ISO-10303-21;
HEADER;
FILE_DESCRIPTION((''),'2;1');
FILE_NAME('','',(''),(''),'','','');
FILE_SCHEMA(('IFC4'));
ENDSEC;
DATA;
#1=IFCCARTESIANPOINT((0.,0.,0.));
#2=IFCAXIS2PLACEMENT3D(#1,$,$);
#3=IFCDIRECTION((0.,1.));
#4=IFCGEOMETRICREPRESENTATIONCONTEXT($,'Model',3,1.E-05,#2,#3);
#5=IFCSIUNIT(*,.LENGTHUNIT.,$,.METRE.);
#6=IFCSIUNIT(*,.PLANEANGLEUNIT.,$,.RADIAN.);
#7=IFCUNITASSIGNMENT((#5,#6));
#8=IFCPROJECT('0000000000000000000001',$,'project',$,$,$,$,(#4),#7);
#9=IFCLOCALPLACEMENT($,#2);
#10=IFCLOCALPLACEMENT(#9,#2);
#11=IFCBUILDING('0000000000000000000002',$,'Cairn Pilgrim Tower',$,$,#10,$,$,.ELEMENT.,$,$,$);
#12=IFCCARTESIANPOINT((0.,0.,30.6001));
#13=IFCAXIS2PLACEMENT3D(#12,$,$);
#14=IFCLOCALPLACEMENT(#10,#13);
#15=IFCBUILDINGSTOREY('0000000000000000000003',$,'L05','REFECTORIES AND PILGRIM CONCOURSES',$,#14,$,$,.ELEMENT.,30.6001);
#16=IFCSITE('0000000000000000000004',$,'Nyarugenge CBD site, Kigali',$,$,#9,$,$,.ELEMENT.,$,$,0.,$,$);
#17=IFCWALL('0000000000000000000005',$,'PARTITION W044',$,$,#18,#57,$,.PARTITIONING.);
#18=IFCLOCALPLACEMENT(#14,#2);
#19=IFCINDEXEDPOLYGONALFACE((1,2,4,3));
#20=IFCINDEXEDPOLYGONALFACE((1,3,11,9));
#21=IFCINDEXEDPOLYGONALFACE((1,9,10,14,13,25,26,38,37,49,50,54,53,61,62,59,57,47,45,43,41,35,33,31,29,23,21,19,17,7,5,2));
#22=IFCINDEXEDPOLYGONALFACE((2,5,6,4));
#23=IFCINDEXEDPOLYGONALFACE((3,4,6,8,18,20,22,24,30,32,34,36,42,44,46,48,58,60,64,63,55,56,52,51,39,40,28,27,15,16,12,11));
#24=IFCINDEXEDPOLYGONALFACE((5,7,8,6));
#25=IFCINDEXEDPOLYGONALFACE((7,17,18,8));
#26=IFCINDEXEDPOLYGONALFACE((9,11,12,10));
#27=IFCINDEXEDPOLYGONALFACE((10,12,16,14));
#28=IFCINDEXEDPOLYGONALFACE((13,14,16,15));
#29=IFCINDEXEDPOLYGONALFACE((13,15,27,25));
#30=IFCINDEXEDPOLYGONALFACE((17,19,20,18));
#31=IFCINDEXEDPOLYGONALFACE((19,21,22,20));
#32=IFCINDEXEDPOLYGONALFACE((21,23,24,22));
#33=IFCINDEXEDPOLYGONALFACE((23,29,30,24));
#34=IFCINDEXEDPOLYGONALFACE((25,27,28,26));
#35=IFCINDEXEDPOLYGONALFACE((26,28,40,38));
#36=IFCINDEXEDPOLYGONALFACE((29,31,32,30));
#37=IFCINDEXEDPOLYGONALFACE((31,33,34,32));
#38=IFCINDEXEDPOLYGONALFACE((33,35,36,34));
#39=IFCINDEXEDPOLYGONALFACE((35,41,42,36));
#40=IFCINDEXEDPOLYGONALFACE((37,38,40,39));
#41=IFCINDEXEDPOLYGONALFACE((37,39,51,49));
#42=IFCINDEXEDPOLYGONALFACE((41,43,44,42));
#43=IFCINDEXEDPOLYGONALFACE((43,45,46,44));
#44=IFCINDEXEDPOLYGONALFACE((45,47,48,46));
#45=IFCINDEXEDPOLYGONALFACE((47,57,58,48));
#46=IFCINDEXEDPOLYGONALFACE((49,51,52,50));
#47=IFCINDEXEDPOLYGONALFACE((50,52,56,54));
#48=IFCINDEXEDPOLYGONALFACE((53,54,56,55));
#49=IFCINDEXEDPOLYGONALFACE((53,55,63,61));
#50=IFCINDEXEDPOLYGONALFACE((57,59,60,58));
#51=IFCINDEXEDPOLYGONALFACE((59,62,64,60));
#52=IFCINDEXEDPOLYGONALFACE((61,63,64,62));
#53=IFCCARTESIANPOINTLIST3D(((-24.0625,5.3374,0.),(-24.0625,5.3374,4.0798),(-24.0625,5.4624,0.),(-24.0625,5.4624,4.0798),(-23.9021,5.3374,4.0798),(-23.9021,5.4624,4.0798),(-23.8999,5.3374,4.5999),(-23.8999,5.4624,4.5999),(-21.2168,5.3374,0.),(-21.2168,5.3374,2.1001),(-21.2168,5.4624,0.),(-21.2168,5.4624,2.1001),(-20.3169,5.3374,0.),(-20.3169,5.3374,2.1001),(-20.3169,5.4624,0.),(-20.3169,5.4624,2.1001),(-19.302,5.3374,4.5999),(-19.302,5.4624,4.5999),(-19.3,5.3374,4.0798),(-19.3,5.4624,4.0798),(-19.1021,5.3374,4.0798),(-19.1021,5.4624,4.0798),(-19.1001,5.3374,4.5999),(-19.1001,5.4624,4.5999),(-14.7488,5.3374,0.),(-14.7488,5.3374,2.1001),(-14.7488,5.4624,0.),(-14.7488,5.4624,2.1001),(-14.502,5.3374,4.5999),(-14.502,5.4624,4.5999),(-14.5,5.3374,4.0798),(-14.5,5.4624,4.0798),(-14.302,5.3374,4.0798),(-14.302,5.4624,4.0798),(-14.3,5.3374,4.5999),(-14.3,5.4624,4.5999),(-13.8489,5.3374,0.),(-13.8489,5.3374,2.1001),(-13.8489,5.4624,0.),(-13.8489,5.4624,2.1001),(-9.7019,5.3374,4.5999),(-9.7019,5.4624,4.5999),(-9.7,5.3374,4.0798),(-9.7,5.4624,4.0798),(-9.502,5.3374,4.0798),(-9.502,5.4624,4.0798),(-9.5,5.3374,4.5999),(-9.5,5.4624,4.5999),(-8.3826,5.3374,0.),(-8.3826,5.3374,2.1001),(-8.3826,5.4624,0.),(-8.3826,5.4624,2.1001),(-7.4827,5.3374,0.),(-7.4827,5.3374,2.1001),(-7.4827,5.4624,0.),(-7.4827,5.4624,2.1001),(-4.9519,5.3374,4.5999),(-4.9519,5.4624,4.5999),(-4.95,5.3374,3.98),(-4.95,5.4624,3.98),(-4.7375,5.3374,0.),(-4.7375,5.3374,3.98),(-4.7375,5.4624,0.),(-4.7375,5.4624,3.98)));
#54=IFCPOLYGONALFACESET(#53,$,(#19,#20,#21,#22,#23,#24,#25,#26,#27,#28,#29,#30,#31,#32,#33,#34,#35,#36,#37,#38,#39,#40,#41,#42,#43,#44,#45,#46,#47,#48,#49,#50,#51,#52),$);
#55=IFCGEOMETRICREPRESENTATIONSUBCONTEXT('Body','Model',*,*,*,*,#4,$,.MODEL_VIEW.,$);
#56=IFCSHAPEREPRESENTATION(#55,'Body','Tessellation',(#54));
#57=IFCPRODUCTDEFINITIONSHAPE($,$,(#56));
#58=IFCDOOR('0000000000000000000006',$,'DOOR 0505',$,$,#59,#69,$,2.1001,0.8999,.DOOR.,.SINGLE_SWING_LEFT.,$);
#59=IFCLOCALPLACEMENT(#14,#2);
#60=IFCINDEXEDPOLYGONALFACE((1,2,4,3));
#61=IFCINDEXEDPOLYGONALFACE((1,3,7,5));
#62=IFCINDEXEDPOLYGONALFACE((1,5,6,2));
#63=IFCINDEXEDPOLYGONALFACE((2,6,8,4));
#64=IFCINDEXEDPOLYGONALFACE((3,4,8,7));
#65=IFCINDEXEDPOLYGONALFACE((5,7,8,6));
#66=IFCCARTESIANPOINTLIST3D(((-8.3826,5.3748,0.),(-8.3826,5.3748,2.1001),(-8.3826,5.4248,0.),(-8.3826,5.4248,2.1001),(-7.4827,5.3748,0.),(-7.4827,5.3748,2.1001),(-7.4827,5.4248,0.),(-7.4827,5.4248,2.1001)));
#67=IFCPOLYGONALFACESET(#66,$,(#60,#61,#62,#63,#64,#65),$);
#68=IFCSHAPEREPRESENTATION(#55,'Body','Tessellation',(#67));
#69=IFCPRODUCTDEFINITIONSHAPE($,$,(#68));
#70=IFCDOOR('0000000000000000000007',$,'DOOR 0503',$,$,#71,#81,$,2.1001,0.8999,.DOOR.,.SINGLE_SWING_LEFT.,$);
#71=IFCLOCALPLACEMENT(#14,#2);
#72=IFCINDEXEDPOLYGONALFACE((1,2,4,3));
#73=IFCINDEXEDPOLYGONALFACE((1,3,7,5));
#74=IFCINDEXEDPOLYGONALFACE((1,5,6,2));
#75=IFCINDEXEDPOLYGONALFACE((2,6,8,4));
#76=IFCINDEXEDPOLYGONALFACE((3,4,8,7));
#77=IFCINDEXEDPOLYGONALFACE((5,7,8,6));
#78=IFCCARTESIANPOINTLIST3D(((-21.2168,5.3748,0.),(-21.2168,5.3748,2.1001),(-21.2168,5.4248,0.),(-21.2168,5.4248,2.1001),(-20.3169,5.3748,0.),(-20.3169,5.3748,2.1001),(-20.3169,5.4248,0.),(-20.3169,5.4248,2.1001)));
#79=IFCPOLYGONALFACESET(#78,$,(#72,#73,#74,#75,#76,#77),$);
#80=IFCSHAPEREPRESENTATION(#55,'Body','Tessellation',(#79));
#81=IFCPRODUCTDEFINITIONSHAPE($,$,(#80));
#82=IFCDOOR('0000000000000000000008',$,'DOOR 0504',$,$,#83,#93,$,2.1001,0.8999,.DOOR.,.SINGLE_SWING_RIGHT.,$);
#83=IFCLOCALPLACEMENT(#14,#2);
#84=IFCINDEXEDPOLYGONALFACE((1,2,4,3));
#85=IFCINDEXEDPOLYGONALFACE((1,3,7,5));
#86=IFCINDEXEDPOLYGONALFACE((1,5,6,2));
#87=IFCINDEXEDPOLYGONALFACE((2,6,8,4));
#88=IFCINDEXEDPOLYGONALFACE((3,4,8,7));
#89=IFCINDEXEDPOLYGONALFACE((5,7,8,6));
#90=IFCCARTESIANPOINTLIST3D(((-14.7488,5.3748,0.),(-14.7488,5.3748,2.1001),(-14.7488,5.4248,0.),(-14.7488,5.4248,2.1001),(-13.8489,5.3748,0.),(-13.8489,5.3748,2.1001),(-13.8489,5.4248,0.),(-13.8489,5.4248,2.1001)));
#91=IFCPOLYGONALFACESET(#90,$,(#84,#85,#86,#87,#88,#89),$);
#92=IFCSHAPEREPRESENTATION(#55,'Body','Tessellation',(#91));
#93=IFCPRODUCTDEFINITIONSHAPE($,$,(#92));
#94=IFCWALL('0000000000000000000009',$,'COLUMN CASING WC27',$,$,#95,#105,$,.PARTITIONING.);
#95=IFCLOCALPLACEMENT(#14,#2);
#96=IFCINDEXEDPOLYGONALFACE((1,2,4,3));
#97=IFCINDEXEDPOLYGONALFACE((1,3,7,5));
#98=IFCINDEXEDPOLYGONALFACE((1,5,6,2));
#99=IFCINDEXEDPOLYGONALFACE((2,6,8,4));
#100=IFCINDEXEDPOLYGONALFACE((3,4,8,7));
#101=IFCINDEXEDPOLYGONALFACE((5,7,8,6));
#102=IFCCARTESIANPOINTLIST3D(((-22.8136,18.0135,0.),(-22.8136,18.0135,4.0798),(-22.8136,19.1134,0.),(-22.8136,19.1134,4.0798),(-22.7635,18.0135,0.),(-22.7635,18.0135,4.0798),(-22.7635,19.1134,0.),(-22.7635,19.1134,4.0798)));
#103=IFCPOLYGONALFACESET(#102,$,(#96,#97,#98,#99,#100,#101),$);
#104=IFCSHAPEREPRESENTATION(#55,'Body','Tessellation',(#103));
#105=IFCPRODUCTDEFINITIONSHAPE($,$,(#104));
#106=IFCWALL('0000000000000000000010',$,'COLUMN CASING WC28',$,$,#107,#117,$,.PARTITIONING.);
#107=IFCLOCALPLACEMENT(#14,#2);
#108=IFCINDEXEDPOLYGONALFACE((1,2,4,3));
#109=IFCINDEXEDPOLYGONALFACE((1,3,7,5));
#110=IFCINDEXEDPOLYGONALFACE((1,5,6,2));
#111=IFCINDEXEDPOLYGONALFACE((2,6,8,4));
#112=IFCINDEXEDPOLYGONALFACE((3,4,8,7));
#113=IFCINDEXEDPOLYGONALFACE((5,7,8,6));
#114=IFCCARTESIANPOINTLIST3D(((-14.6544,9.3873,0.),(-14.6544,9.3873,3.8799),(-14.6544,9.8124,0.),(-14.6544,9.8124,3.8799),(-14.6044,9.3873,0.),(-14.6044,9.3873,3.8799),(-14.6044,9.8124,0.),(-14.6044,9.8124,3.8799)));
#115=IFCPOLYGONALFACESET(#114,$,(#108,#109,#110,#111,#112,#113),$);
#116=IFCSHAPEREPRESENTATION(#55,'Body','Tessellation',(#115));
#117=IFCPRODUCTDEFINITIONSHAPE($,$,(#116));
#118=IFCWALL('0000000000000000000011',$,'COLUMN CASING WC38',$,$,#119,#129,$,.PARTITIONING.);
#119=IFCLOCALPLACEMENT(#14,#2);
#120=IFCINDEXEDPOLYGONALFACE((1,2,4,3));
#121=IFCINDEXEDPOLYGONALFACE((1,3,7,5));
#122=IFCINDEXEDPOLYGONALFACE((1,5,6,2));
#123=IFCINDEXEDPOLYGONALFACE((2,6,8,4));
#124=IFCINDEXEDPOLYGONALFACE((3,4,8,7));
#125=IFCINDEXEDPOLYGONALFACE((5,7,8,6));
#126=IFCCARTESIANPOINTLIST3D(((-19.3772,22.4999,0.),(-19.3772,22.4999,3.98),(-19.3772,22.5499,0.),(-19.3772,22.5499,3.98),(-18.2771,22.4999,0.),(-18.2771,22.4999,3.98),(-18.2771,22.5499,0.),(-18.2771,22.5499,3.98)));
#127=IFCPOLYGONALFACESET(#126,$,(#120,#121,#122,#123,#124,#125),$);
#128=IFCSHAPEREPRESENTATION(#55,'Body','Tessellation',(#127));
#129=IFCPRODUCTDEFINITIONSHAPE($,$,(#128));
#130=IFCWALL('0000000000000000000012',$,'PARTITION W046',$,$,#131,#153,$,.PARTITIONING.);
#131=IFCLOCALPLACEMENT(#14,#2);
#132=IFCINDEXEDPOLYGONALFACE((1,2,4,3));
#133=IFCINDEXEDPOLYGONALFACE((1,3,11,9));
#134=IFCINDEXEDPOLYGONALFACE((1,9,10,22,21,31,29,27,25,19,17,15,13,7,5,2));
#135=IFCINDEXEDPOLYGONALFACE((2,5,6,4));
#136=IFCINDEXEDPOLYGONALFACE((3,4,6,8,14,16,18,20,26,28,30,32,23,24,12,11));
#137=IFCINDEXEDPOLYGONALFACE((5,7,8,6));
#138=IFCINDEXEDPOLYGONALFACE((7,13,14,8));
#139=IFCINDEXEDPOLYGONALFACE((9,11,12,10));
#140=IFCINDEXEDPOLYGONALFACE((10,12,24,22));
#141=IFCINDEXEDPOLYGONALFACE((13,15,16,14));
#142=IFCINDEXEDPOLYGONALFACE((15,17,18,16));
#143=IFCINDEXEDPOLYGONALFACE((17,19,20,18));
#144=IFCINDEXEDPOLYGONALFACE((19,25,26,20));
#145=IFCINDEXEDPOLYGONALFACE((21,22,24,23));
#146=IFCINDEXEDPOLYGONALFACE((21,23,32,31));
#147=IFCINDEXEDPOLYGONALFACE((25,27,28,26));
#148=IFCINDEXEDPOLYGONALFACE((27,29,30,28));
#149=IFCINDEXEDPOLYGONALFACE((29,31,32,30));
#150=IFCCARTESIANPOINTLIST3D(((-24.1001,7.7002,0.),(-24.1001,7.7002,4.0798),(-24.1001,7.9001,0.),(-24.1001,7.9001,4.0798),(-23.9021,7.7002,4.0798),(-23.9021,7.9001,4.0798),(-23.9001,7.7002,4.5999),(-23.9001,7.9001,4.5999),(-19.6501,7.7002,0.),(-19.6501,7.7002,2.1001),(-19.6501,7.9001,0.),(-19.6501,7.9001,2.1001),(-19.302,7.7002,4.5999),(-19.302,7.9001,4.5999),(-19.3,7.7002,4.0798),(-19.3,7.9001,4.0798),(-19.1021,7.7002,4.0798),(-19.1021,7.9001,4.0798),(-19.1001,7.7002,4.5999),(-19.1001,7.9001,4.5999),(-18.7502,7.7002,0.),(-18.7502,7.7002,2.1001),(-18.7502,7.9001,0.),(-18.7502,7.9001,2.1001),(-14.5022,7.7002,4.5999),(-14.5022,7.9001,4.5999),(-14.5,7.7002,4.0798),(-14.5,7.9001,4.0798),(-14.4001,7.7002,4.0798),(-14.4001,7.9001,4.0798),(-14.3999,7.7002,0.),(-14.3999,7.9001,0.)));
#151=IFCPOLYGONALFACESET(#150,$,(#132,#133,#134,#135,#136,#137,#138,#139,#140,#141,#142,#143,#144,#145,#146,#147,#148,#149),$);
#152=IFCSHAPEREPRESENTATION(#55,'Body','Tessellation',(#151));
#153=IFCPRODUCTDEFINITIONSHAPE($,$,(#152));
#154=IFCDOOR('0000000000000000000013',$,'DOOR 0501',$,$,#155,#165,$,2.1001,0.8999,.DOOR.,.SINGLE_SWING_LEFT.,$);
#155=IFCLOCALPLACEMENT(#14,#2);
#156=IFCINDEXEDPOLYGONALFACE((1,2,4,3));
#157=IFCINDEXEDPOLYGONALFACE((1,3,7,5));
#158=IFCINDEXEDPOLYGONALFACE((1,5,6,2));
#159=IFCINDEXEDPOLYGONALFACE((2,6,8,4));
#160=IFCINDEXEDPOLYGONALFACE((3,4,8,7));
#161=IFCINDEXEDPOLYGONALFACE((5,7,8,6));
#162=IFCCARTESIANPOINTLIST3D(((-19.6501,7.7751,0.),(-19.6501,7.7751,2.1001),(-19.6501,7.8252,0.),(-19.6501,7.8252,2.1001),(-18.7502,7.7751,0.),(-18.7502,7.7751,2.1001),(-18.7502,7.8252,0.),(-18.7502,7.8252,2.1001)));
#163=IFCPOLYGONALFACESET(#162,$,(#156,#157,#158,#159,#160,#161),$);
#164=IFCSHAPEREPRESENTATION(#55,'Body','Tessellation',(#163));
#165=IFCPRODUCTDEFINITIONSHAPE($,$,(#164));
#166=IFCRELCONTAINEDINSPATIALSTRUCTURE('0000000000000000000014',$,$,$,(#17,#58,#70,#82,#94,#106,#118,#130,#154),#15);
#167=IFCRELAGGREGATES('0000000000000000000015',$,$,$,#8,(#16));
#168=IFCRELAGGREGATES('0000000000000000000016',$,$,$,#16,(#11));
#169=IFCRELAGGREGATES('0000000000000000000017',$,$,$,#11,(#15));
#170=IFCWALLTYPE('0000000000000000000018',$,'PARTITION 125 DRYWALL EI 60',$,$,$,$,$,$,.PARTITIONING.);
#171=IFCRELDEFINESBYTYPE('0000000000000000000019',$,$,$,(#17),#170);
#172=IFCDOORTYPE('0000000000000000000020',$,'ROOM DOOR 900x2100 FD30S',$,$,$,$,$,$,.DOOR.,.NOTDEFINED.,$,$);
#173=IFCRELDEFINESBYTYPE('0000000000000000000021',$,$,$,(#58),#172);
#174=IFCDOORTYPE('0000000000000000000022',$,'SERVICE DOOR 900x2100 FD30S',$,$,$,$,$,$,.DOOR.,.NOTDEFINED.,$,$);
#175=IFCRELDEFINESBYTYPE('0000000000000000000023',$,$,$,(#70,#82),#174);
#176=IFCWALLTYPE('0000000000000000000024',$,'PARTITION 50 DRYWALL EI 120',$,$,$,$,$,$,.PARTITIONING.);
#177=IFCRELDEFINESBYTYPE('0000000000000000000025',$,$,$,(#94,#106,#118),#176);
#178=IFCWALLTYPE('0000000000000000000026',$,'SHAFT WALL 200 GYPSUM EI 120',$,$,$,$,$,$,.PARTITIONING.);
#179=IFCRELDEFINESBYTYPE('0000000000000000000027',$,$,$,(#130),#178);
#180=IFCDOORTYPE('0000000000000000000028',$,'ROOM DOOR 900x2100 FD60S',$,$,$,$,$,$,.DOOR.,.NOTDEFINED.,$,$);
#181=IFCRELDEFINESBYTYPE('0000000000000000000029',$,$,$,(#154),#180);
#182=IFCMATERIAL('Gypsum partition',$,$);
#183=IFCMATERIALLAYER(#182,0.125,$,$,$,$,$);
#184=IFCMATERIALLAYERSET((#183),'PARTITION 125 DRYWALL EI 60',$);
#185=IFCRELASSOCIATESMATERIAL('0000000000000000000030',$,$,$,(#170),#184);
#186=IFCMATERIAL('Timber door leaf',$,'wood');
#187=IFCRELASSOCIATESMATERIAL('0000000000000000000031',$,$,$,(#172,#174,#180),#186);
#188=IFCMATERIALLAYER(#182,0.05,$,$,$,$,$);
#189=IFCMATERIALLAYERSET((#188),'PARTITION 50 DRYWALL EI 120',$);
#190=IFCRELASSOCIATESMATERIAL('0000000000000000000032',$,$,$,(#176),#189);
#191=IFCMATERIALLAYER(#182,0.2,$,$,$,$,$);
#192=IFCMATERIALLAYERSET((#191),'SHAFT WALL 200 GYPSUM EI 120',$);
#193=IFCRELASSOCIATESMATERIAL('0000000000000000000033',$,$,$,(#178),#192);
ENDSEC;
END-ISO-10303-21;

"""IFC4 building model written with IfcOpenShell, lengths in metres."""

from ifc_helpers import new_model, si_unit, direction, frame, frame_2d, origin, place, context, subcontext, project, spatial, polyline, rectangle, outline, extrude, material, layer, layer_set, type_object, element, fill, save


model = new_model("IFC4")

# Units and contexts
model_context = context("Model", 3, precision=1e-05, world=origin(), true_north=direction((0.0, 1.0)))
body_context = subcontext(model_context, "Body", "Model", "MODEL_VIEW")
ifc_project = project(units=[si_unit("LENGTHUNIT", "METRE"), si_unit("PLANEANGLEUNIT", "RADIAN")], contexts=[model_context])

# Site, building, storey
site_placement = place(None, origin())
site = spatial("IfcSite", under=ifc_project, at=site_placement, Name="Nyarugenge CBD site, Kigali", CompositionType="ELEMENT", RefElevation=0.0)
building_placement = place(site_placement, origin())
building = spatial("IfcBuilding", under=site, at=building_placement, Name="Cairn Pilgrim Tower", CompositionType="ELEMENT")
storey_placement = place(building_placement, frame((0.0, 0.0, 30.6001)))
storey = spatial("IfcBuildingStorey", under=building, at=storey_placement, Name="L05", Description="REFECTORIES AND PILGRIM CONCOURSES", CompositionType="ELEMENT", Elevation=30.6001)

# Wall, openings, doors
ifc_material_1 = material(Name="Gypsum partition")
ifc_layer_1 = layer(ifc_material_1, 0.125)
ifc_layer_set_1 = layer_set([ifc_layer_1], Name="PARTITION 125 DRYWALL EI 60")
wall_type_1 = type_object("IfcWallType", Name="PARTITION 125 DRYWALL EI 60", PredefinedType="PARTITIONING", material=ifc_layer_set_1)
wall_1_placement = place(storey_placement, frame((-24.0625, 5.3999, 0.0), z_axis=(0.0, 0.0, 1.0), x_axis=(1.0, 0.0, 0.0)))
wall_1 = element("IfcWall", 1, at=wall_1_placement, inside=storey, type_object=wall_type_1, Name="PARTITION W044", PredefinedType="PARTITIONING", context=body_context, shape_type="SweptSolid", body=[
    extrude(outline(polyline([(0.0, 0.0), (19.325, 0.0), (19.325, 3.98), (19.1125, 3.98), (19.1106, 4.5999), (14.5625, 4.5999), (14.5605, 4.0798), (14.3625, 4.0798), (14.3606, 4.5999), (9.7625, 4.5999), (9.7605, 4.0798), (9.5625, 4.0798), (9.5605, 4.5999), (4.9624, 4.5999), (4.9604, 4.0798), (4.7625, 4.0798), (4.7605, 4.5999), (0.1626, 4.5999), (0.1604, 4.0798), (0.0, 4.0798), (0.0, 0.0)])), frame((0.0, 0.0625, 0.0), z_axis=(0.0, -1.0, 0.0), x_axis=(1.0, 0.0, 0.0)), (0.0, 0.0, 1.0), 0.125),
])
opening_1_placement = place(wall_1_placement, frame((2.8457, 0.0, 0.0)))
opening_1 = element("IfcOpeningElement", 2, at=opening_1_placement, cuts=wall_1, PredefinedType="OPENING", context=body_context, shape_type="SweptSolid", body=[
    extrude(rectangle(XDim=0.8999, YDim=2.1001, at=frame_2d((0.45, 1.05))), frame((0.0, 0.0725, 0.0), z_axis=(0.0, -1.0, 0.0), x_axis=(1.0, 0.0, 0.0)), (0.0, 0.0, 1.0), 0.145),
])
opening_2_placement = place(wall_1_placement, frame((9.3137, 0.0, 0.0)))
opening_2 = element("IfcOpeningElement", 3, at=opening_2_placement, cuts=wall_1, PredefinedType="OPENING", context=body_context, shape_type="SweptSolid", body=[
    extrude(rectangle(XDim=0.8999, YDim=2.1001, at=frame_2d((0.45, 1.05))), frame((0.0, 0.0725, 0.0), z_axis=(0.0, -1.0, 0.0), x_axis=(1.0, 0.0, 0.0)), (0.0, 0.0, 1.0), 0.145),
])
opening_3_placement = place(wall_1_placement, frame((15.6799, 0.0, 0.0)))
opening_3 = element("IfcOpeningElement", 4, at=opening_3_placement, cuts=wall_1, PredefinedType="OPENING", context=body_context, shape_type="SweptSolid", body=[
    extrude(rectangle(XDim=0.8999, YDim=2.1001, at=frame_2d((0.45, 1.05))), frame((0.0, 0.0725, 0.0), z_axis=(0.0, -1.0, 0.0), x_axis=(1.0, 0.0, 0.0)), (0.0, 0.0, 1.0), 0.145),
])
ifc_material_2 = material(Name="Timber door leaf", Category="wood")
door_type_1 = type_object("IfcDoorType", Name="ROOM DOOR 900x2100 FD30S", OperationType="NOTDEFINED", PredefinedType="DOOR", material=ifc_material_2)
door_1_placement = place(opening_3_placement, origin())
door_1 = element("IfcDoor", 5, at=door_1_placement, inside=storey, type_object=door_type_1, Name="DOOR 0505", OperationType="SINGLE_SWING_LEFT", OverallHeight=2.1001, OverallWidth=0.8999, PredefinedType="DOOR", context=body_context, shape_type="SweptSolid", body=[
    extrude(rectangle(XDim=0.8999, YDim=2.1001, at=frame_2d((0.45, 1.05))), frame((0.0, 0.0249, 0.0), z_axis=(0.0, -1.0, 0.0), x_axis=(1.0, 0.0, 0.0)), (0.0, 0.0, 1.0), 0.05),
])
fill(opening_3, door_1)
door_type_2 = type_object("IfcDoorType", Name="SERVICE DOOR 900x2100 FD30S", OperationType="NOTDEFINED", PredefinedType="DOOR", material=ifc_material_2)
door_2_placement = place(opening_1_placement, origin())
door_2 = element("IfcDoor", 6, at=door_2_placement, inside=storey, type_object=door_type_2, Name="DOOR 0503", OperationType="SINGLE_SWING_LEFT", OverallHeight=2.1001, OverallWidth=0.8999, PredefinedType="DOOR", context=body_context, shape_type="SweptSolid", body=[
    extrude(rectangle(XDim=0.8999, YDim=2.1001, at=frame_2d((0.45, 1.05))), frame((0.0, 0.0249, 0.0), z_axis=(0.0, -1.0, 0.0), x_axis=(1.0, 0.0, 0.0)), (0.0, 0.0, 1.0), 0.05),
])
fill(opening_1, door_2)
door_3_placement = place(opening_2_placement, origin())
door_3 = element("IfcDoor", 7, at=door_3_placement, inside=storey, type_object=door_type_2, Name="DOOR 0504", OperationType="SINGLE_SWING_RIGHT", OverallHeight=2.1001, OverallWidth=0.8999, PredefinedType="DOOR", context=body_context, shape_type="SweptSolid", body=[
    extrude(rectangle(XDim=0.8999, YDim=2.1001, at=frame_2d((0.45, 1.05))), frame((0.0, 0.0249, 0.0), z_axis=(0.0, -1.0, 0.0), x_axis=(1.0, 0.0, 0.0)), (0.0, 0.0, 1.0), 0.05),
])
fill(opening_2, door_3)

# Walls
ifc_layer_2 = layer(ifc_material_1, 0.05)
ifc_layer_set_2 = layer_set([ifc_layer_2], Name="PARTITION 50 DRYWALL EI 120")
wall_type_2 = type_object("IfcWallType", Name="PARTITION 50 DRYWALL EI 120", PredefinedType="PARTITIONING", material=ifc_layer_set_2)
wall_2_placement = place(storey_placement, frame((-22.7886, 18.0137, 0.0), z_axis=(0.0, 0.0, 1.0), x_axis=(0.0, 1.0, 0.0)))
element("IfcWall", 8, at=wall_2_placement, inside=storey, type_object=wall_type_2, Name="COLUMN CASING WC27", PredefinedType="PARTITIONING", context=body_context, shape_type="SweptSolid", body=[
    extrude(rectangle(XDim=1.0999, YDim=0.05, at=frame_2d((0.5498, 0.0))), origin(), (0.0, 0.0, 1.0), 4.0798),
])
wall_3_placement = place(storey_placement, frame((-14.6294, 9.3875, 0.0), z_axis=(0.0, 0.0, 1.0), x_axis=(0.0, 1.0, 0.0)))
element("IfcWall", 9, at=wall_3_placement, inside=storey, type_object=wall_type_2, Name="COLUMN CASING WC28", PredefinedType="PARTITIONING", context=body_context, shape_type="SweptSolid", body=[
    extrude(rectangle(XDim=0.425, YDim=0.05, at=frame_2d((0.2124, 0.0))), origin(), (0.0, 0.0, 1.0), 3.8799),
])
wall_4_placement = place(storey_placement, frame((-19.3772, 22.5249, 0.0), z_axis=(0.0, 0.0, 1.0), x_axis=(1.0, 0.0, 0.0)))
element("IfcWall", 10, at=wall_4_placement, inside=storey, type_object=wall_type_2, Name="COLUMN CASING WC38", PredefinedType="PARTITIONING", context=body_context, shape_type="SweptSolid", body=[
    extrude(rectangle(XDim=1.1001, YDim=0.05, at=frame_2d((0.55, 0.0))), origin(), (0.0, 0.0, 1.0), 3.98),
])

# Wall, opening, door
ifc_layer_3 = layer(ifc_material_1, 0.2)
ifc_layer_set_3 = layer_set([ifc_layer_3], Name="SHAFT WALL 200 GYPSUM EI 120")
wall_type_3 = type_object("IfcWallType", Name="SHAFT WALL 200 GYPSUM EI 120", PredefinedType="PARTITIONING", material=ifc_layer_set_3)
wall_5_placement = place(storey_placement, frame((-24.1001, 7.8, 0.0), z_axis=(0.0, 0.0, 1.0), x_axis=(1.0, 0.0, 0.0)))
wall_5 = element("IfcWall", 11, at=wall_5_placement, inside=storey, type_object=wall_type_3, Name="PARTITION W046", PredefinedType="PARTITIONING", context=body_context, shape_type="SweptSolid", body=[
    extrude(outline(polyline([(0.0, 0.0), (9.7002, 0.0), (9.7, 4.0798), (9.6001, 4.0798), (9.5979, 4.5999), (5.0, 4.5999), (4.998, 4.0798), (4.8, 4.0798), (4.7981, 4.5999), (0.2, 4.5999), (0.198, 4.0798), (0.0, 4.0798), (0.0, 0.0)])), frame((0.0, 0.1001, 0.0), z_axis=(0.0, -1.0, 0.0), x_axis=(1.0, 0.0, 0.0)), (0.0, 0.0, 1.0), 0.2),
])
opening_4_placement = place(wall_5_placement, frame((4.45, 0.0, 0.0)))
opening_4 = element("IfcOpeningElement", 12, at=opening_4_placement, cuts=wall_5, PredefinedType="OPENING", context=body_context, shape_type="SweptSolid", body=[
    extrude(rectangle(XDim=0.8999, YDim=2.1001, at=frame_2d((0.45, 1.05))), frame((0.0, 0.1099, 0.0), z_axis=(0.0, -1.0, 0.0), x_axis=(1.0, 0.0, 0.0)), (0.0, 0.0, 1.0), 0.22),
])
door_type_3 = type_object("IfcDoorType", Name="ROOM DOOR 900x2100 FD60S", OperationType="NOTDEFINED", PredefinedType="DOOR", material=ifc_material_2)
door_4_placement = place(opening_4_placement, frame((0.8999, 0.0, 0.0), z_axis=(0.0, 0.0, 1.0), x_axis=(-1.0, 0.0, 0.0)))
door_4 = element("IfcDoor", 13, at=door_4_placement, inside=storey, type_object=door_type_3, Name="DOOR 0501", OperationType="SINGLE_SWING_LEFT", OverallHeight=2.1001, OverallWidth=0.8999, PredefinedType="DOOR", context=body_context, shape_type="SweptSolid", body=[
    extrude(rectangle(XDim=0.8999, YDim=2.1001, at=frame_2d((0.45, 1.05))), frame((0.0, 0.0249, 0.0), z_axis=(0.0, -1.0, 0.0), x_axis=(1.0, 0.0, 0.0)), (0.0, 0.0, 1.0), 0.05),
])
fill(opening_4, door_4)

save(model, "model.ifc")
